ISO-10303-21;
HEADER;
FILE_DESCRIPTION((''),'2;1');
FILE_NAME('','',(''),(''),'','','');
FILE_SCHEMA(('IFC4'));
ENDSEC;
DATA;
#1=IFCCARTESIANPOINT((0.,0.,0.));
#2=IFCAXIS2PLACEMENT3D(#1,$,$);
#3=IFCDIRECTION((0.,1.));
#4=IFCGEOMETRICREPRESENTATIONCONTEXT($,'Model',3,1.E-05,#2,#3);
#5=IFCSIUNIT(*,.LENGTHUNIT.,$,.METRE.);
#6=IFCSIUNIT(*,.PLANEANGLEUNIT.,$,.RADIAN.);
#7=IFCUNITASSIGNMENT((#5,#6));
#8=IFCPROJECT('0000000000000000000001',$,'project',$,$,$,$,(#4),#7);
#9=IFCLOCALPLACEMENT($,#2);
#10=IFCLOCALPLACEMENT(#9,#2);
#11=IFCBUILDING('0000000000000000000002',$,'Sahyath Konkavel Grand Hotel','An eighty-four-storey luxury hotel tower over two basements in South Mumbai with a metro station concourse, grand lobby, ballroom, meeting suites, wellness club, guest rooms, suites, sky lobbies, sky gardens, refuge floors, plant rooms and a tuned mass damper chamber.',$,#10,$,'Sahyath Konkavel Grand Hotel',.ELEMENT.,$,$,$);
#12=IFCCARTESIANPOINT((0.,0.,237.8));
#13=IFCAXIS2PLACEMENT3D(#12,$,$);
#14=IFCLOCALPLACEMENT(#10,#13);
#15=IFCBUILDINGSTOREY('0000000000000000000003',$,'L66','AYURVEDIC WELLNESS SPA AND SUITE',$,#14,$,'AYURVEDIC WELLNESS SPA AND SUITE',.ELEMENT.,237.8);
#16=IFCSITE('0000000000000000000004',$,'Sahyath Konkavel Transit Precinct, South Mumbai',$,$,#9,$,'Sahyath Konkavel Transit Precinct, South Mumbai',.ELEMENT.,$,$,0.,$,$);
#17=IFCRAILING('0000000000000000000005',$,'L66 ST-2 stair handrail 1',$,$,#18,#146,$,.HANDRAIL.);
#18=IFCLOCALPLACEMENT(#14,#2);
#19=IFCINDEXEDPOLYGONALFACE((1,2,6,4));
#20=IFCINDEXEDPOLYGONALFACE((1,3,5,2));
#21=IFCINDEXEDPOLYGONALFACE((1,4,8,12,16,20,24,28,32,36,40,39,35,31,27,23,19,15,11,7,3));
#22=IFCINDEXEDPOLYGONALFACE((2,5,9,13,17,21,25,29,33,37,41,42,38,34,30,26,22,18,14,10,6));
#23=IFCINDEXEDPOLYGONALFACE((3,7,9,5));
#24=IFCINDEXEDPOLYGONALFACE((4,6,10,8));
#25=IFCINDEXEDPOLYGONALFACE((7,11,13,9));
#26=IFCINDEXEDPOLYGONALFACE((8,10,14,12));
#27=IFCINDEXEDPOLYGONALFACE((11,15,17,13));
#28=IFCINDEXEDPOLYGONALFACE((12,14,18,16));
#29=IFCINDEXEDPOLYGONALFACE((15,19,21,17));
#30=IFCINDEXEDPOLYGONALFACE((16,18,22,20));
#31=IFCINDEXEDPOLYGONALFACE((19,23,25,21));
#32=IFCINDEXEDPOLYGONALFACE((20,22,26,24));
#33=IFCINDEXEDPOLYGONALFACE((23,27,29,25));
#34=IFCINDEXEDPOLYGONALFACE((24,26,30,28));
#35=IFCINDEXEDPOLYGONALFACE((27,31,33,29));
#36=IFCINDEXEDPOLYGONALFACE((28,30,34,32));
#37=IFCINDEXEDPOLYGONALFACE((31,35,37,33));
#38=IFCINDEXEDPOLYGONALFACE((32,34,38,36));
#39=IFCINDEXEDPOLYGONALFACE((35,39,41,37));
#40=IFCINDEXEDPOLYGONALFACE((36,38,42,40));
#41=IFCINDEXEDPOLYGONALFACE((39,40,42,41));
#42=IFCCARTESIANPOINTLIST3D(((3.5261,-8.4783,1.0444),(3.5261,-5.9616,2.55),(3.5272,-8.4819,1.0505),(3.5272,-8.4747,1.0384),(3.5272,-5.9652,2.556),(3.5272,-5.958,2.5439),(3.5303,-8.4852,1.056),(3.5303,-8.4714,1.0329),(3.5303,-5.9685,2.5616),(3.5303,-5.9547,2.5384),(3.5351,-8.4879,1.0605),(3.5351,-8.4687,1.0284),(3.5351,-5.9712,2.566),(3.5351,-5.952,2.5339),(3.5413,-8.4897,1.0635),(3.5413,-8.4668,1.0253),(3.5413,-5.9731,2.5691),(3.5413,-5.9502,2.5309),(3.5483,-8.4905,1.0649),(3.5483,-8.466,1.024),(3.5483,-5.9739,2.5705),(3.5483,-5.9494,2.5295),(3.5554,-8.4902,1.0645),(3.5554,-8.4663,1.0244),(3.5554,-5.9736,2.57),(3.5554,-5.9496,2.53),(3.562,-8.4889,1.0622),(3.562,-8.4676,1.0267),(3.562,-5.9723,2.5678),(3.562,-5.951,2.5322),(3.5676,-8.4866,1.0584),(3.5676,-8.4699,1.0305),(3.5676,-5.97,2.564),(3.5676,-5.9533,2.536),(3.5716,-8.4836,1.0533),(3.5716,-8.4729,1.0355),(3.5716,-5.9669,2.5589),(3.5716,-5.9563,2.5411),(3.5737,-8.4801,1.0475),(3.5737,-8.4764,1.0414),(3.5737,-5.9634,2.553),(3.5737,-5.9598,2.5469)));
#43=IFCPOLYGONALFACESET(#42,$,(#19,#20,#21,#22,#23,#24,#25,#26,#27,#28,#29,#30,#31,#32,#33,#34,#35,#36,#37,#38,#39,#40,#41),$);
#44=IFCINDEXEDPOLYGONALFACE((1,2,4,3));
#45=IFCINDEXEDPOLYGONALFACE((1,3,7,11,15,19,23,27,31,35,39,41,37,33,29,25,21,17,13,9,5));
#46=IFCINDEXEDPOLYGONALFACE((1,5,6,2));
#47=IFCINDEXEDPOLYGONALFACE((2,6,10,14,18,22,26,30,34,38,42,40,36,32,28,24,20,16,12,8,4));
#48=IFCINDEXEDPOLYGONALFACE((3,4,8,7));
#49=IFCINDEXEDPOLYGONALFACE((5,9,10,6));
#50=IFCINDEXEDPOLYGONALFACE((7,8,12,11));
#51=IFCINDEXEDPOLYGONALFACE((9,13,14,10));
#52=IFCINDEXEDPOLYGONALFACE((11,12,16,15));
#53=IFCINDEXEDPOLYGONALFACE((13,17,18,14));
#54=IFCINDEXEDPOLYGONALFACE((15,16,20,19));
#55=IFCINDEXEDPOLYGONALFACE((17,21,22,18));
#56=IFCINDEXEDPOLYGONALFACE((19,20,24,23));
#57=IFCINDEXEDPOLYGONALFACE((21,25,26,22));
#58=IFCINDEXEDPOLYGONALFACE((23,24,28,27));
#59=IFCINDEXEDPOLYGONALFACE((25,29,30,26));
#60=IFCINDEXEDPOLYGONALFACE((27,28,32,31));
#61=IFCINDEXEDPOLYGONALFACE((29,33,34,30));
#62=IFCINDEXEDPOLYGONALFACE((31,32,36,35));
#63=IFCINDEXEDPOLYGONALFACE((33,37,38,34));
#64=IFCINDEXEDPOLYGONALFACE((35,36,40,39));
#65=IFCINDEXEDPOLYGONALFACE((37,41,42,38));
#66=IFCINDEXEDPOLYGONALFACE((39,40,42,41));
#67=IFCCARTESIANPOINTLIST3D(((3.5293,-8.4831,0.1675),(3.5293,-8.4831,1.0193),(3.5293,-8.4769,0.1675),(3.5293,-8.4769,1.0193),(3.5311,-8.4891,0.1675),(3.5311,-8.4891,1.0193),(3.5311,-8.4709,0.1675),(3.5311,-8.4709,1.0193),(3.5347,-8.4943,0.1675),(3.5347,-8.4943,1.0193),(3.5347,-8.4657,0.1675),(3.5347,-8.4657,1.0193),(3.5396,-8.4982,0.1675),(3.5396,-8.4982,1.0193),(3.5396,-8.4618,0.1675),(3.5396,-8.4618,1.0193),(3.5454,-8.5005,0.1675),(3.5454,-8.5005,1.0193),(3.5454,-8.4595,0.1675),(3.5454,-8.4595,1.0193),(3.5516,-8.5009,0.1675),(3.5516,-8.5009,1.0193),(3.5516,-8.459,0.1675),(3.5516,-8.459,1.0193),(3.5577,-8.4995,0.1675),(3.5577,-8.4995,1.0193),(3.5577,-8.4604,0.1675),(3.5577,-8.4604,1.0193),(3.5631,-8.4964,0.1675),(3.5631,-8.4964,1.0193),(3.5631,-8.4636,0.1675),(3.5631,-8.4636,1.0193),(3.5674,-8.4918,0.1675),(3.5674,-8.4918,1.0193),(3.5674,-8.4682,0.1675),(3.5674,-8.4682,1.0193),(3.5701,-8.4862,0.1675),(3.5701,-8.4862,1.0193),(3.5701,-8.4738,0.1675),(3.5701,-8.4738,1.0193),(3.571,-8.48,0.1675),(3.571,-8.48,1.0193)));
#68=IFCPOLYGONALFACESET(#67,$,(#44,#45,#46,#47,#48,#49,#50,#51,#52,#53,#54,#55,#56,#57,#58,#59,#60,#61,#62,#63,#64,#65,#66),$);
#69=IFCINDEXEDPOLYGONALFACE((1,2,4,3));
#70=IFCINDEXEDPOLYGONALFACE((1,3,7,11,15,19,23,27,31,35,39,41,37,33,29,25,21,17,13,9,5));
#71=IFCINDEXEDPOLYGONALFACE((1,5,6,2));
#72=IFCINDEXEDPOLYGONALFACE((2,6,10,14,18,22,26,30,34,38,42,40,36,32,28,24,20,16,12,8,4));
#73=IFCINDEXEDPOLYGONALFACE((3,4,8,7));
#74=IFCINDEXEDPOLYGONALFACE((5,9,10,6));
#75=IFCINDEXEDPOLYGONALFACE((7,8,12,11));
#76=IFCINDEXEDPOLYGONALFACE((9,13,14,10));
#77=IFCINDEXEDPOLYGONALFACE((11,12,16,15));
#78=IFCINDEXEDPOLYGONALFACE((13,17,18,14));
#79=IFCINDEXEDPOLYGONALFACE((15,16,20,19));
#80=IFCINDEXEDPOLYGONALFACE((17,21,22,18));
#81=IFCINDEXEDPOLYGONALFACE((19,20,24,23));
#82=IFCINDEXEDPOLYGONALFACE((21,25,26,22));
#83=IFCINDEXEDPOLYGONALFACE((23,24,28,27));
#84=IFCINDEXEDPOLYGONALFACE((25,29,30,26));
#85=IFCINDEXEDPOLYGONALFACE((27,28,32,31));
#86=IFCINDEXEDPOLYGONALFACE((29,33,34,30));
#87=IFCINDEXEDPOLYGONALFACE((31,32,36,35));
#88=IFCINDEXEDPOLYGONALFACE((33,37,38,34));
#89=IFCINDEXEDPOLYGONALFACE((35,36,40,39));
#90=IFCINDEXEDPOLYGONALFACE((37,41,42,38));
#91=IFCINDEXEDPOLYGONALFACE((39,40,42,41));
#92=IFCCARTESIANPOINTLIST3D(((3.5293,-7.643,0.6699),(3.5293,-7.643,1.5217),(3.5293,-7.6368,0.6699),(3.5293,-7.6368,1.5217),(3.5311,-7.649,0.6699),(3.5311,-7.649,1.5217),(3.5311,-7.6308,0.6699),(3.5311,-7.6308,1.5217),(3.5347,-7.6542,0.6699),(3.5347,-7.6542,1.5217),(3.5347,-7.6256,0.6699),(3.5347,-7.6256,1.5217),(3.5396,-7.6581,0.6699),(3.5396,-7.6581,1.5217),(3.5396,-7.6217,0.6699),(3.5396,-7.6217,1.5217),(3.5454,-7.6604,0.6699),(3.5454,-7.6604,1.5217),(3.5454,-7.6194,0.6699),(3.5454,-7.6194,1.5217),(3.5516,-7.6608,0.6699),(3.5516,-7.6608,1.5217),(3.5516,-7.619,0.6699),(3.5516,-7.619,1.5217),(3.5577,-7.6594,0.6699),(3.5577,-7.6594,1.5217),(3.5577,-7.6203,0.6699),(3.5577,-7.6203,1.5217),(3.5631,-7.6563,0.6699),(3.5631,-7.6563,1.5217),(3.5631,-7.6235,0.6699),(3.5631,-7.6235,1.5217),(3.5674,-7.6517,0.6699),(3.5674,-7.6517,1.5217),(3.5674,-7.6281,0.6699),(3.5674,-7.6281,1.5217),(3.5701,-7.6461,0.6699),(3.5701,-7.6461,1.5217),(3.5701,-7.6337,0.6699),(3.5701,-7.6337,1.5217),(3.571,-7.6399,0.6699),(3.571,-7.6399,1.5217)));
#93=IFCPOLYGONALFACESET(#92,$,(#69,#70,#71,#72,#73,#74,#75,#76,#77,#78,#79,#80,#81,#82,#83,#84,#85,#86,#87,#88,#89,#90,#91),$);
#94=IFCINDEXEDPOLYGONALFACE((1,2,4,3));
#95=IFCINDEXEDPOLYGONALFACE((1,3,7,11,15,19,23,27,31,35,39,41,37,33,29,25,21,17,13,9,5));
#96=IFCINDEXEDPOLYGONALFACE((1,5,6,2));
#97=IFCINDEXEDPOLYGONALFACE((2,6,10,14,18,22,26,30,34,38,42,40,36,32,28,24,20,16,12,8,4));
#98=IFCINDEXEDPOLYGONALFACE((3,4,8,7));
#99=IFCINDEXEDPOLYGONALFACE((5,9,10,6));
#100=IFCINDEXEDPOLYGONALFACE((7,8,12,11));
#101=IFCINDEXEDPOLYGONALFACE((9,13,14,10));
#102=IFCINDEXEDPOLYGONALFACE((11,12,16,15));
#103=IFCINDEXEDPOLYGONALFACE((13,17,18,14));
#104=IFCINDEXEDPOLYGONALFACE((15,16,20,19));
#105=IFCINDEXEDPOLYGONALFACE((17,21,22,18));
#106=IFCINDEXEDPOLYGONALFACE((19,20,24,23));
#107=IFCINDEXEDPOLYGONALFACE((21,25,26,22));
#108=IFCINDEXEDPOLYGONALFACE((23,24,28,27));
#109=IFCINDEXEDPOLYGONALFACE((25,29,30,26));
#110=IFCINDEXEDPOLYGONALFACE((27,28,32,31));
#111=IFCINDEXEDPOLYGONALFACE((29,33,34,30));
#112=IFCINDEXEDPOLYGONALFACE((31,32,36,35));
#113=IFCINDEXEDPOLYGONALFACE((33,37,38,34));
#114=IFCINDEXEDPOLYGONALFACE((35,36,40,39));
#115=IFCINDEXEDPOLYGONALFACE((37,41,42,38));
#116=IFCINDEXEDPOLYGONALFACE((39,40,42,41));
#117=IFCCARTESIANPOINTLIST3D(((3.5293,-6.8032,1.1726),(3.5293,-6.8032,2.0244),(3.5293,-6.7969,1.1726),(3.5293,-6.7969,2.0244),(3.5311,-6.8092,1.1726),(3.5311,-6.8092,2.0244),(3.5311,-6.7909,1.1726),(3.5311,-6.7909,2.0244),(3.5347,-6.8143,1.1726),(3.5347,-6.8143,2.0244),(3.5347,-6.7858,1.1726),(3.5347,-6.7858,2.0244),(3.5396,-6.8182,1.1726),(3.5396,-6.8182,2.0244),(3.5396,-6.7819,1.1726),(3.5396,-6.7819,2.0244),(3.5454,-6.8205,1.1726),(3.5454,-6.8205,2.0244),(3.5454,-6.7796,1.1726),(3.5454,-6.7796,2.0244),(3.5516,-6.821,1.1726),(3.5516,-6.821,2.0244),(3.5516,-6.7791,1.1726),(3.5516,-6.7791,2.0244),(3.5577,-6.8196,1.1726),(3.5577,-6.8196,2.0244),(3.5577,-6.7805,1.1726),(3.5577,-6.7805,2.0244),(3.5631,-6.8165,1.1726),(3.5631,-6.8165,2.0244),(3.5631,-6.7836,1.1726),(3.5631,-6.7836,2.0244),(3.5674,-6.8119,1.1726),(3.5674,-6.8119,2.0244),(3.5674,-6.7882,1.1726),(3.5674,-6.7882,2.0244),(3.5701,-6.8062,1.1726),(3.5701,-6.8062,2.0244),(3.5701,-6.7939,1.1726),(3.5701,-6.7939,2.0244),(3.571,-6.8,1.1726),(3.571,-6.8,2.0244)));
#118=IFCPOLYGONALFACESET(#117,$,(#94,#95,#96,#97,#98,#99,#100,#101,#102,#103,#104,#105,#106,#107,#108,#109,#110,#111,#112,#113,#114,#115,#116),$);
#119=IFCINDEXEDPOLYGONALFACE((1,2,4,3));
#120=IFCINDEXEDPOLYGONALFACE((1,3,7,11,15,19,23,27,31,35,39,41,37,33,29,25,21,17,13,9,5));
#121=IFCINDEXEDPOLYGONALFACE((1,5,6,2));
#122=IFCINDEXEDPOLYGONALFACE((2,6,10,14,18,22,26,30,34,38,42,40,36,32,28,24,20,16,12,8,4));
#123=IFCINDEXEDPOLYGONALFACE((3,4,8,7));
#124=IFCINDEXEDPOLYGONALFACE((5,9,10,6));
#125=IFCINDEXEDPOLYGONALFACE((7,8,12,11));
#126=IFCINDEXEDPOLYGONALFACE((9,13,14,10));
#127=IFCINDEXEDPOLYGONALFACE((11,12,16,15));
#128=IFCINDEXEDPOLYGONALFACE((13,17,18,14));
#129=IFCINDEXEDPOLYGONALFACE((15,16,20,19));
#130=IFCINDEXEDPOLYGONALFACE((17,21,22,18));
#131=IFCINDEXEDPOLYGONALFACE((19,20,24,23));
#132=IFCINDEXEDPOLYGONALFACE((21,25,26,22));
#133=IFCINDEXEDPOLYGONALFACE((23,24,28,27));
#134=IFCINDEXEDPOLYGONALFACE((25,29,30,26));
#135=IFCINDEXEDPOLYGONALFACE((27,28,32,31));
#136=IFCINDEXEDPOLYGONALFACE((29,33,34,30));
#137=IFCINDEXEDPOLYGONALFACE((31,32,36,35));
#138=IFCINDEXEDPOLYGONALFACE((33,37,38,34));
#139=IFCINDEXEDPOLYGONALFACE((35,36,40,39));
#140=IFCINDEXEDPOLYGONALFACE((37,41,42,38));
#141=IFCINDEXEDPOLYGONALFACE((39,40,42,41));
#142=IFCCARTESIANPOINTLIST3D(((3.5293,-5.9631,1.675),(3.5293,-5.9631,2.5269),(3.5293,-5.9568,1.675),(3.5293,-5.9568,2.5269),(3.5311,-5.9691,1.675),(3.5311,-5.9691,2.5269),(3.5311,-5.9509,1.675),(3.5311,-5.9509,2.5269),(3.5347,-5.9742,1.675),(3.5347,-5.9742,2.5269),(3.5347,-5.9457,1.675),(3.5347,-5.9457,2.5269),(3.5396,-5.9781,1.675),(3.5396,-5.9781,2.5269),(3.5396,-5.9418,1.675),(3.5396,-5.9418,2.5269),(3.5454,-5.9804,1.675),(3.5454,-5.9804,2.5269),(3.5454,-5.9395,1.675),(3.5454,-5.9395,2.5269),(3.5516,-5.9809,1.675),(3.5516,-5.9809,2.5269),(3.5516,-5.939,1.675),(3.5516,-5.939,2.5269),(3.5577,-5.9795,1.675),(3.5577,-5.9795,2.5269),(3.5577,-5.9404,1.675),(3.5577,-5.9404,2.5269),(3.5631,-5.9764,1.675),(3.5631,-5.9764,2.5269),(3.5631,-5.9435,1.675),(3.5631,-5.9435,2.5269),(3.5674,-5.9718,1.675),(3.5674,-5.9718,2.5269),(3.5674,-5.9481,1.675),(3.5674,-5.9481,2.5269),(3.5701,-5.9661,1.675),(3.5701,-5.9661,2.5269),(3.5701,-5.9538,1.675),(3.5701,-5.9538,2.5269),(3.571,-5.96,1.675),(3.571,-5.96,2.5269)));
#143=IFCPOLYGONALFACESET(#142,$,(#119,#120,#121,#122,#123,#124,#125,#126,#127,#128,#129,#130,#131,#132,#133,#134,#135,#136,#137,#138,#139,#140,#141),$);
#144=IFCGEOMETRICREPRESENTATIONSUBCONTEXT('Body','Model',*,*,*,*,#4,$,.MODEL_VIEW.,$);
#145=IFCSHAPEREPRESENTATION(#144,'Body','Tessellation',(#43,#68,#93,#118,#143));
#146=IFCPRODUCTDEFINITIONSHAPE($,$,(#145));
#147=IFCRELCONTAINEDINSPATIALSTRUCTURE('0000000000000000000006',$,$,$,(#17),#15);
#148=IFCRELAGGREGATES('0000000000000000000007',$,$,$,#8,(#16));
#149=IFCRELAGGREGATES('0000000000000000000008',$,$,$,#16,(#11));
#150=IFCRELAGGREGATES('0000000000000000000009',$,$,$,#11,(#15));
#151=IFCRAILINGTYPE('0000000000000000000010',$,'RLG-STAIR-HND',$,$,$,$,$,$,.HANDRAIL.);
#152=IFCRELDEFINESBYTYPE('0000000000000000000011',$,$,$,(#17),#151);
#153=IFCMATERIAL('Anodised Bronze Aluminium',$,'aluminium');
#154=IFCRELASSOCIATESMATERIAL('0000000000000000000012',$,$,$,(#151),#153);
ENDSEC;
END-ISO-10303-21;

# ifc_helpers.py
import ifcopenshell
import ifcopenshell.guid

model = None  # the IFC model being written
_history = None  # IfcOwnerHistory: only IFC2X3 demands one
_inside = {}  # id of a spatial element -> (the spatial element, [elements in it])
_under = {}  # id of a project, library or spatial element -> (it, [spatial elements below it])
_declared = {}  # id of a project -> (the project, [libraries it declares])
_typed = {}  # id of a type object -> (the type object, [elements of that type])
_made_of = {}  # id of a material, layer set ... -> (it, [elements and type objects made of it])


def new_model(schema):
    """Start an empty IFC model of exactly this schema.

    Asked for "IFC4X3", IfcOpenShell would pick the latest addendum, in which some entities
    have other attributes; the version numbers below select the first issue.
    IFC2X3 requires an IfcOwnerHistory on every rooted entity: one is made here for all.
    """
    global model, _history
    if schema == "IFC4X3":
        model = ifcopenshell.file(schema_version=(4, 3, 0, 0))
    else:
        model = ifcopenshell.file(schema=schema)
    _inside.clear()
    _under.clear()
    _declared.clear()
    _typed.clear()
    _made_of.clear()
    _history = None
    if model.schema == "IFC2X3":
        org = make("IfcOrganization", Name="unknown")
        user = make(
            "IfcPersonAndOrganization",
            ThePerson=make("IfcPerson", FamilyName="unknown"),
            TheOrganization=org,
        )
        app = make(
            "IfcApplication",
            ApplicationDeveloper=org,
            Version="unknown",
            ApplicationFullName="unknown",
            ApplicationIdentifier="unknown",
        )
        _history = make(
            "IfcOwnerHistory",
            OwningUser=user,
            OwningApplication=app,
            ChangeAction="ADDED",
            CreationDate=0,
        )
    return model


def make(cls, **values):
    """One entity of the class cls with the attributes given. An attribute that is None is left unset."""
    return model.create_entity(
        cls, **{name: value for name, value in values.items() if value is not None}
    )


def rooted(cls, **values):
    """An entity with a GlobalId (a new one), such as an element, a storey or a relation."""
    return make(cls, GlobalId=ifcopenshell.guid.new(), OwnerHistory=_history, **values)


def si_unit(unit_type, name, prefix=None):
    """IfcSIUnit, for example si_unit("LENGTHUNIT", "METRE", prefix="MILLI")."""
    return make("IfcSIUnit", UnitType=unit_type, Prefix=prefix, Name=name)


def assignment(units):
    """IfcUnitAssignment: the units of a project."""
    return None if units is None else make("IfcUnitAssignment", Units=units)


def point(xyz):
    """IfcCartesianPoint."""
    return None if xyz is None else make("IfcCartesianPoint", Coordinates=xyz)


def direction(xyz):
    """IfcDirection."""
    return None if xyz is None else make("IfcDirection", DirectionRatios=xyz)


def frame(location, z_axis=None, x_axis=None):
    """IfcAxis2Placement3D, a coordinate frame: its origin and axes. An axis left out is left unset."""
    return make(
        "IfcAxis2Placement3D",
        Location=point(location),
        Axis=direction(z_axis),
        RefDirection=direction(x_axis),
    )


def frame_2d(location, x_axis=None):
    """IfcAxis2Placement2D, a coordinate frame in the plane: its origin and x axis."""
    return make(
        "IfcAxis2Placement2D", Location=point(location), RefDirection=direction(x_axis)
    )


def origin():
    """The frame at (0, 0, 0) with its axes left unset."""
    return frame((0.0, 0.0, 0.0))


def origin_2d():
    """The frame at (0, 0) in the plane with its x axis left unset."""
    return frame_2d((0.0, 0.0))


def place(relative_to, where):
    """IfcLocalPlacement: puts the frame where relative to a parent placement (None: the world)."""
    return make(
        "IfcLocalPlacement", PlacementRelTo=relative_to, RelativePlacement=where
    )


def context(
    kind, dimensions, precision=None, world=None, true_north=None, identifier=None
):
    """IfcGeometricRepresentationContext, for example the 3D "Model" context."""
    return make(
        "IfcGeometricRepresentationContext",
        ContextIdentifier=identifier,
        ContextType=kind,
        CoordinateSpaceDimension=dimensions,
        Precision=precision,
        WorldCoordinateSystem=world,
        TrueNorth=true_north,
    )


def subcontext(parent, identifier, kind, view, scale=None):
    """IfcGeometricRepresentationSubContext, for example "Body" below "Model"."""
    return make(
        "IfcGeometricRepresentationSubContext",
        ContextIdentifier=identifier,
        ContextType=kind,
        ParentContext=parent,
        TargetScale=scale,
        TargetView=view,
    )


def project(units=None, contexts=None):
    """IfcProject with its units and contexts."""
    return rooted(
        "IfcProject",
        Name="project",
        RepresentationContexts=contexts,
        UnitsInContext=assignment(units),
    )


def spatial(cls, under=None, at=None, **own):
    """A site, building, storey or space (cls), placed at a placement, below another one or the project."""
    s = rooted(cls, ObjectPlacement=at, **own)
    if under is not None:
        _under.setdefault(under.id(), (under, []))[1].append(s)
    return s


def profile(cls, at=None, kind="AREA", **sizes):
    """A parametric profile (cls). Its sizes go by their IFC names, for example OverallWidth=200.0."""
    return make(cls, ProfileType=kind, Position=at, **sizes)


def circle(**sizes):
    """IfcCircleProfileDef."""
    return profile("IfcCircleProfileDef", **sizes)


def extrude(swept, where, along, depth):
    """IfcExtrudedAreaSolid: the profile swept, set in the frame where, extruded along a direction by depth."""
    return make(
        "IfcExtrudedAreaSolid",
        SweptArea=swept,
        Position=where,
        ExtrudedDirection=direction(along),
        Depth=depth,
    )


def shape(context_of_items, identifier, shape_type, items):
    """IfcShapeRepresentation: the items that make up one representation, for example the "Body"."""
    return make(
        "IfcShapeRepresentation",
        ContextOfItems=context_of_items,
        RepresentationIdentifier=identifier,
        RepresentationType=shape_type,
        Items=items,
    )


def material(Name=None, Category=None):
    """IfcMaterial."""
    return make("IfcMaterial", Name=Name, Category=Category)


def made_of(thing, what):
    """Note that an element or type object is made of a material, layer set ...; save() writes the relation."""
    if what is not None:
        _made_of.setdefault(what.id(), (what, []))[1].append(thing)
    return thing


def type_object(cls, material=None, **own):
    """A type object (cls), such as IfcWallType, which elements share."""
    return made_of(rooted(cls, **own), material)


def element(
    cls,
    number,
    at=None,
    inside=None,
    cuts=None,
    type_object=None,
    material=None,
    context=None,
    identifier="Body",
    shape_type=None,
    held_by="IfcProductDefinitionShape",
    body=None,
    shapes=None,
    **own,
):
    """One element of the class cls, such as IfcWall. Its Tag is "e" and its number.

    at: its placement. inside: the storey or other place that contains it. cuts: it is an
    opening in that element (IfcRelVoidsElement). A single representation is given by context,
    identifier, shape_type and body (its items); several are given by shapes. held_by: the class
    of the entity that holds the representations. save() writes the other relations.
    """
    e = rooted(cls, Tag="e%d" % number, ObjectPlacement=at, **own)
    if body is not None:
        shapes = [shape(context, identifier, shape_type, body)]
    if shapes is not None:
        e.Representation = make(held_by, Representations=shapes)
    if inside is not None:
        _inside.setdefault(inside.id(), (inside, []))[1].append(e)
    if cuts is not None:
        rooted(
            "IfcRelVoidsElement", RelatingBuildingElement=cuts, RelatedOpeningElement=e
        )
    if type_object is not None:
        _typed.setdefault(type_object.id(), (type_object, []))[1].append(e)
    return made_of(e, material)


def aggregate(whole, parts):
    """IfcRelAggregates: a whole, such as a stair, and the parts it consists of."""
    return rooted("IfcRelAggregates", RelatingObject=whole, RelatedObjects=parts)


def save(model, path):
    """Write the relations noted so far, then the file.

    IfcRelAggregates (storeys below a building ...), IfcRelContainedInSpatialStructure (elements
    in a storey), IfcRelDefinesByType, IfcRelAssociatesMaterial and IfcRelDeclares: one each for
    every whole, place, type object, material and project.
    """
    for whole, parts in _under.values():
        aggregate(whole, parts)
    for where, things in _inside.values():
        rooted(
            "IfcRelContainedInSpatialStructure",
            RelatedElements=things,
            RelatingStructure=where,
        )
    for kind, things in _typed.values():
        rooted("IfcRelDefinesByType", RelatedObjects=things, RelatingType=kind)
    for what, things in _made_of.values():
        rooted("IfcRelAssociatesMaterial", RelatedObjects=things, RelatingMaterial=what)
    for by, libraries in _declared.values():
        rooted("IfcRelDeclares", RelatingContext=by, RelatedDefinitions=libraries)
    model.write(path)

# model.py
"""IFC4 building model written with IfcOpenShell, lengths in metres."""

from ifc_helpers import new_model, si_unit, direction, frame, origin, origin_2d, place, context, subcontext, project, spatial, circle, extrude, material, type_object, element, save


model = new_model("IFC4")

# Units and contexts
model_context = context("Model", 3, precision=1e-05, world=origin(), true_north=direction((0.0, 1.0)))
body_context = subcontext(model_context, "Body", "Model", "MODEL_VIEW")
ifc_project = project(units=[si_unit("LENGTHUNIT", "METRE"), si_unit("PLANEANGLEUNIT", "RADIAN")], contexts=[model_context])

# Site, building, storey
site_placement = place(None, origin())
site = spatial("IfcSite", under=ifc_project, at=site_placement, Name="Sahyath Konkavel Transit Precinct, South Mumbai", LongName="Sahyath Konkavel Transit Precinct, South Mumbai", CompositionType="ELEMENT", RefElevation=0.0)
building_placement = place(site_placement, origin())
building = spatial("IfcBuilding", under=site, at=building_placement, Name="Sahyath Konkavel Grand Hotel", Description="An eighty-four-storey luxury hotel tower over two basements in South Mumbai with a metro station concourse, grand lobby, ballroom, meeting suites, wellness club, guest rooms, suites, sky lobbies, sky gardens, refuge floors, plant rooms and a tuned mass damper chamber.", LongName="Sahyath Konkavel Grand Hotel", CompositionType="ELEMENT")
storey_placement = place(building_placement, frame((0.0, 0.0, 237.8)))
storey = spatial("IfcBuildingStorey", under=building, at=storey_placement, Name="L66", Description="AYURVEDIC WELLNESS SPA AND SUITE", LongName="AYURVEDIC WELLNESS SPA AND SUITE", CompositionType="ELEMENT", Elevation=237.8)

# Shared definitions
ifc_material_1 = material(Name="Anodised Bronze Aluminium", Category="aluminium")

# Railing
railing_type_1 = type_object("IfcRailingType", Name="RLG-STAIR-HND", PredefinedType="HANDRAIL", material=ifc_material_1)
railing_1_placement = place(storey_placement, frame((3.55, -8.48, 0.1675)))
element("IfcRailing", 1, at=railing_1_placement, inside=storey, type_object=railing_type_1, Name="L66 ST-2 stair handrail 1", PredefinedType="HANDRAIL", context=body_context, shape_type="SweptSolid", body=[
    extrude(circle(Radius=0.0239, at=origin_2d()), frame((0.0, 0.0017, 0.877), z_axis=(0.0, 0.85816, 0.513383), x_axis=(-1.0, 0.0, 0.0)), (0.0, 0.0, 1.0), 2.9326),
    extrude(circle(Radius=0.021, at=origin_2d()), origin(), (0.0, 0.0, 1.0), 0.8518),
    extrude(circle(Radius=0.021, at=origin_2d()), frame((0.0, 0.8401, 0.5024)), (0.0, 0.0, 1.0), 0.8518),
    extrude(circle(Radius=0.021, at=origin_2d()), frame((0.0, 1.6799, 1.0051)), (0.0, 0.0, 1.0), 0.8518),
    extrude(circle(Radius=0.021, at=origin_2d()), frame((0.0, 2.52, 1.5076)), (0.0, 0.0, 1.0), 0.8518),
])

save(model, "model.ifc")
